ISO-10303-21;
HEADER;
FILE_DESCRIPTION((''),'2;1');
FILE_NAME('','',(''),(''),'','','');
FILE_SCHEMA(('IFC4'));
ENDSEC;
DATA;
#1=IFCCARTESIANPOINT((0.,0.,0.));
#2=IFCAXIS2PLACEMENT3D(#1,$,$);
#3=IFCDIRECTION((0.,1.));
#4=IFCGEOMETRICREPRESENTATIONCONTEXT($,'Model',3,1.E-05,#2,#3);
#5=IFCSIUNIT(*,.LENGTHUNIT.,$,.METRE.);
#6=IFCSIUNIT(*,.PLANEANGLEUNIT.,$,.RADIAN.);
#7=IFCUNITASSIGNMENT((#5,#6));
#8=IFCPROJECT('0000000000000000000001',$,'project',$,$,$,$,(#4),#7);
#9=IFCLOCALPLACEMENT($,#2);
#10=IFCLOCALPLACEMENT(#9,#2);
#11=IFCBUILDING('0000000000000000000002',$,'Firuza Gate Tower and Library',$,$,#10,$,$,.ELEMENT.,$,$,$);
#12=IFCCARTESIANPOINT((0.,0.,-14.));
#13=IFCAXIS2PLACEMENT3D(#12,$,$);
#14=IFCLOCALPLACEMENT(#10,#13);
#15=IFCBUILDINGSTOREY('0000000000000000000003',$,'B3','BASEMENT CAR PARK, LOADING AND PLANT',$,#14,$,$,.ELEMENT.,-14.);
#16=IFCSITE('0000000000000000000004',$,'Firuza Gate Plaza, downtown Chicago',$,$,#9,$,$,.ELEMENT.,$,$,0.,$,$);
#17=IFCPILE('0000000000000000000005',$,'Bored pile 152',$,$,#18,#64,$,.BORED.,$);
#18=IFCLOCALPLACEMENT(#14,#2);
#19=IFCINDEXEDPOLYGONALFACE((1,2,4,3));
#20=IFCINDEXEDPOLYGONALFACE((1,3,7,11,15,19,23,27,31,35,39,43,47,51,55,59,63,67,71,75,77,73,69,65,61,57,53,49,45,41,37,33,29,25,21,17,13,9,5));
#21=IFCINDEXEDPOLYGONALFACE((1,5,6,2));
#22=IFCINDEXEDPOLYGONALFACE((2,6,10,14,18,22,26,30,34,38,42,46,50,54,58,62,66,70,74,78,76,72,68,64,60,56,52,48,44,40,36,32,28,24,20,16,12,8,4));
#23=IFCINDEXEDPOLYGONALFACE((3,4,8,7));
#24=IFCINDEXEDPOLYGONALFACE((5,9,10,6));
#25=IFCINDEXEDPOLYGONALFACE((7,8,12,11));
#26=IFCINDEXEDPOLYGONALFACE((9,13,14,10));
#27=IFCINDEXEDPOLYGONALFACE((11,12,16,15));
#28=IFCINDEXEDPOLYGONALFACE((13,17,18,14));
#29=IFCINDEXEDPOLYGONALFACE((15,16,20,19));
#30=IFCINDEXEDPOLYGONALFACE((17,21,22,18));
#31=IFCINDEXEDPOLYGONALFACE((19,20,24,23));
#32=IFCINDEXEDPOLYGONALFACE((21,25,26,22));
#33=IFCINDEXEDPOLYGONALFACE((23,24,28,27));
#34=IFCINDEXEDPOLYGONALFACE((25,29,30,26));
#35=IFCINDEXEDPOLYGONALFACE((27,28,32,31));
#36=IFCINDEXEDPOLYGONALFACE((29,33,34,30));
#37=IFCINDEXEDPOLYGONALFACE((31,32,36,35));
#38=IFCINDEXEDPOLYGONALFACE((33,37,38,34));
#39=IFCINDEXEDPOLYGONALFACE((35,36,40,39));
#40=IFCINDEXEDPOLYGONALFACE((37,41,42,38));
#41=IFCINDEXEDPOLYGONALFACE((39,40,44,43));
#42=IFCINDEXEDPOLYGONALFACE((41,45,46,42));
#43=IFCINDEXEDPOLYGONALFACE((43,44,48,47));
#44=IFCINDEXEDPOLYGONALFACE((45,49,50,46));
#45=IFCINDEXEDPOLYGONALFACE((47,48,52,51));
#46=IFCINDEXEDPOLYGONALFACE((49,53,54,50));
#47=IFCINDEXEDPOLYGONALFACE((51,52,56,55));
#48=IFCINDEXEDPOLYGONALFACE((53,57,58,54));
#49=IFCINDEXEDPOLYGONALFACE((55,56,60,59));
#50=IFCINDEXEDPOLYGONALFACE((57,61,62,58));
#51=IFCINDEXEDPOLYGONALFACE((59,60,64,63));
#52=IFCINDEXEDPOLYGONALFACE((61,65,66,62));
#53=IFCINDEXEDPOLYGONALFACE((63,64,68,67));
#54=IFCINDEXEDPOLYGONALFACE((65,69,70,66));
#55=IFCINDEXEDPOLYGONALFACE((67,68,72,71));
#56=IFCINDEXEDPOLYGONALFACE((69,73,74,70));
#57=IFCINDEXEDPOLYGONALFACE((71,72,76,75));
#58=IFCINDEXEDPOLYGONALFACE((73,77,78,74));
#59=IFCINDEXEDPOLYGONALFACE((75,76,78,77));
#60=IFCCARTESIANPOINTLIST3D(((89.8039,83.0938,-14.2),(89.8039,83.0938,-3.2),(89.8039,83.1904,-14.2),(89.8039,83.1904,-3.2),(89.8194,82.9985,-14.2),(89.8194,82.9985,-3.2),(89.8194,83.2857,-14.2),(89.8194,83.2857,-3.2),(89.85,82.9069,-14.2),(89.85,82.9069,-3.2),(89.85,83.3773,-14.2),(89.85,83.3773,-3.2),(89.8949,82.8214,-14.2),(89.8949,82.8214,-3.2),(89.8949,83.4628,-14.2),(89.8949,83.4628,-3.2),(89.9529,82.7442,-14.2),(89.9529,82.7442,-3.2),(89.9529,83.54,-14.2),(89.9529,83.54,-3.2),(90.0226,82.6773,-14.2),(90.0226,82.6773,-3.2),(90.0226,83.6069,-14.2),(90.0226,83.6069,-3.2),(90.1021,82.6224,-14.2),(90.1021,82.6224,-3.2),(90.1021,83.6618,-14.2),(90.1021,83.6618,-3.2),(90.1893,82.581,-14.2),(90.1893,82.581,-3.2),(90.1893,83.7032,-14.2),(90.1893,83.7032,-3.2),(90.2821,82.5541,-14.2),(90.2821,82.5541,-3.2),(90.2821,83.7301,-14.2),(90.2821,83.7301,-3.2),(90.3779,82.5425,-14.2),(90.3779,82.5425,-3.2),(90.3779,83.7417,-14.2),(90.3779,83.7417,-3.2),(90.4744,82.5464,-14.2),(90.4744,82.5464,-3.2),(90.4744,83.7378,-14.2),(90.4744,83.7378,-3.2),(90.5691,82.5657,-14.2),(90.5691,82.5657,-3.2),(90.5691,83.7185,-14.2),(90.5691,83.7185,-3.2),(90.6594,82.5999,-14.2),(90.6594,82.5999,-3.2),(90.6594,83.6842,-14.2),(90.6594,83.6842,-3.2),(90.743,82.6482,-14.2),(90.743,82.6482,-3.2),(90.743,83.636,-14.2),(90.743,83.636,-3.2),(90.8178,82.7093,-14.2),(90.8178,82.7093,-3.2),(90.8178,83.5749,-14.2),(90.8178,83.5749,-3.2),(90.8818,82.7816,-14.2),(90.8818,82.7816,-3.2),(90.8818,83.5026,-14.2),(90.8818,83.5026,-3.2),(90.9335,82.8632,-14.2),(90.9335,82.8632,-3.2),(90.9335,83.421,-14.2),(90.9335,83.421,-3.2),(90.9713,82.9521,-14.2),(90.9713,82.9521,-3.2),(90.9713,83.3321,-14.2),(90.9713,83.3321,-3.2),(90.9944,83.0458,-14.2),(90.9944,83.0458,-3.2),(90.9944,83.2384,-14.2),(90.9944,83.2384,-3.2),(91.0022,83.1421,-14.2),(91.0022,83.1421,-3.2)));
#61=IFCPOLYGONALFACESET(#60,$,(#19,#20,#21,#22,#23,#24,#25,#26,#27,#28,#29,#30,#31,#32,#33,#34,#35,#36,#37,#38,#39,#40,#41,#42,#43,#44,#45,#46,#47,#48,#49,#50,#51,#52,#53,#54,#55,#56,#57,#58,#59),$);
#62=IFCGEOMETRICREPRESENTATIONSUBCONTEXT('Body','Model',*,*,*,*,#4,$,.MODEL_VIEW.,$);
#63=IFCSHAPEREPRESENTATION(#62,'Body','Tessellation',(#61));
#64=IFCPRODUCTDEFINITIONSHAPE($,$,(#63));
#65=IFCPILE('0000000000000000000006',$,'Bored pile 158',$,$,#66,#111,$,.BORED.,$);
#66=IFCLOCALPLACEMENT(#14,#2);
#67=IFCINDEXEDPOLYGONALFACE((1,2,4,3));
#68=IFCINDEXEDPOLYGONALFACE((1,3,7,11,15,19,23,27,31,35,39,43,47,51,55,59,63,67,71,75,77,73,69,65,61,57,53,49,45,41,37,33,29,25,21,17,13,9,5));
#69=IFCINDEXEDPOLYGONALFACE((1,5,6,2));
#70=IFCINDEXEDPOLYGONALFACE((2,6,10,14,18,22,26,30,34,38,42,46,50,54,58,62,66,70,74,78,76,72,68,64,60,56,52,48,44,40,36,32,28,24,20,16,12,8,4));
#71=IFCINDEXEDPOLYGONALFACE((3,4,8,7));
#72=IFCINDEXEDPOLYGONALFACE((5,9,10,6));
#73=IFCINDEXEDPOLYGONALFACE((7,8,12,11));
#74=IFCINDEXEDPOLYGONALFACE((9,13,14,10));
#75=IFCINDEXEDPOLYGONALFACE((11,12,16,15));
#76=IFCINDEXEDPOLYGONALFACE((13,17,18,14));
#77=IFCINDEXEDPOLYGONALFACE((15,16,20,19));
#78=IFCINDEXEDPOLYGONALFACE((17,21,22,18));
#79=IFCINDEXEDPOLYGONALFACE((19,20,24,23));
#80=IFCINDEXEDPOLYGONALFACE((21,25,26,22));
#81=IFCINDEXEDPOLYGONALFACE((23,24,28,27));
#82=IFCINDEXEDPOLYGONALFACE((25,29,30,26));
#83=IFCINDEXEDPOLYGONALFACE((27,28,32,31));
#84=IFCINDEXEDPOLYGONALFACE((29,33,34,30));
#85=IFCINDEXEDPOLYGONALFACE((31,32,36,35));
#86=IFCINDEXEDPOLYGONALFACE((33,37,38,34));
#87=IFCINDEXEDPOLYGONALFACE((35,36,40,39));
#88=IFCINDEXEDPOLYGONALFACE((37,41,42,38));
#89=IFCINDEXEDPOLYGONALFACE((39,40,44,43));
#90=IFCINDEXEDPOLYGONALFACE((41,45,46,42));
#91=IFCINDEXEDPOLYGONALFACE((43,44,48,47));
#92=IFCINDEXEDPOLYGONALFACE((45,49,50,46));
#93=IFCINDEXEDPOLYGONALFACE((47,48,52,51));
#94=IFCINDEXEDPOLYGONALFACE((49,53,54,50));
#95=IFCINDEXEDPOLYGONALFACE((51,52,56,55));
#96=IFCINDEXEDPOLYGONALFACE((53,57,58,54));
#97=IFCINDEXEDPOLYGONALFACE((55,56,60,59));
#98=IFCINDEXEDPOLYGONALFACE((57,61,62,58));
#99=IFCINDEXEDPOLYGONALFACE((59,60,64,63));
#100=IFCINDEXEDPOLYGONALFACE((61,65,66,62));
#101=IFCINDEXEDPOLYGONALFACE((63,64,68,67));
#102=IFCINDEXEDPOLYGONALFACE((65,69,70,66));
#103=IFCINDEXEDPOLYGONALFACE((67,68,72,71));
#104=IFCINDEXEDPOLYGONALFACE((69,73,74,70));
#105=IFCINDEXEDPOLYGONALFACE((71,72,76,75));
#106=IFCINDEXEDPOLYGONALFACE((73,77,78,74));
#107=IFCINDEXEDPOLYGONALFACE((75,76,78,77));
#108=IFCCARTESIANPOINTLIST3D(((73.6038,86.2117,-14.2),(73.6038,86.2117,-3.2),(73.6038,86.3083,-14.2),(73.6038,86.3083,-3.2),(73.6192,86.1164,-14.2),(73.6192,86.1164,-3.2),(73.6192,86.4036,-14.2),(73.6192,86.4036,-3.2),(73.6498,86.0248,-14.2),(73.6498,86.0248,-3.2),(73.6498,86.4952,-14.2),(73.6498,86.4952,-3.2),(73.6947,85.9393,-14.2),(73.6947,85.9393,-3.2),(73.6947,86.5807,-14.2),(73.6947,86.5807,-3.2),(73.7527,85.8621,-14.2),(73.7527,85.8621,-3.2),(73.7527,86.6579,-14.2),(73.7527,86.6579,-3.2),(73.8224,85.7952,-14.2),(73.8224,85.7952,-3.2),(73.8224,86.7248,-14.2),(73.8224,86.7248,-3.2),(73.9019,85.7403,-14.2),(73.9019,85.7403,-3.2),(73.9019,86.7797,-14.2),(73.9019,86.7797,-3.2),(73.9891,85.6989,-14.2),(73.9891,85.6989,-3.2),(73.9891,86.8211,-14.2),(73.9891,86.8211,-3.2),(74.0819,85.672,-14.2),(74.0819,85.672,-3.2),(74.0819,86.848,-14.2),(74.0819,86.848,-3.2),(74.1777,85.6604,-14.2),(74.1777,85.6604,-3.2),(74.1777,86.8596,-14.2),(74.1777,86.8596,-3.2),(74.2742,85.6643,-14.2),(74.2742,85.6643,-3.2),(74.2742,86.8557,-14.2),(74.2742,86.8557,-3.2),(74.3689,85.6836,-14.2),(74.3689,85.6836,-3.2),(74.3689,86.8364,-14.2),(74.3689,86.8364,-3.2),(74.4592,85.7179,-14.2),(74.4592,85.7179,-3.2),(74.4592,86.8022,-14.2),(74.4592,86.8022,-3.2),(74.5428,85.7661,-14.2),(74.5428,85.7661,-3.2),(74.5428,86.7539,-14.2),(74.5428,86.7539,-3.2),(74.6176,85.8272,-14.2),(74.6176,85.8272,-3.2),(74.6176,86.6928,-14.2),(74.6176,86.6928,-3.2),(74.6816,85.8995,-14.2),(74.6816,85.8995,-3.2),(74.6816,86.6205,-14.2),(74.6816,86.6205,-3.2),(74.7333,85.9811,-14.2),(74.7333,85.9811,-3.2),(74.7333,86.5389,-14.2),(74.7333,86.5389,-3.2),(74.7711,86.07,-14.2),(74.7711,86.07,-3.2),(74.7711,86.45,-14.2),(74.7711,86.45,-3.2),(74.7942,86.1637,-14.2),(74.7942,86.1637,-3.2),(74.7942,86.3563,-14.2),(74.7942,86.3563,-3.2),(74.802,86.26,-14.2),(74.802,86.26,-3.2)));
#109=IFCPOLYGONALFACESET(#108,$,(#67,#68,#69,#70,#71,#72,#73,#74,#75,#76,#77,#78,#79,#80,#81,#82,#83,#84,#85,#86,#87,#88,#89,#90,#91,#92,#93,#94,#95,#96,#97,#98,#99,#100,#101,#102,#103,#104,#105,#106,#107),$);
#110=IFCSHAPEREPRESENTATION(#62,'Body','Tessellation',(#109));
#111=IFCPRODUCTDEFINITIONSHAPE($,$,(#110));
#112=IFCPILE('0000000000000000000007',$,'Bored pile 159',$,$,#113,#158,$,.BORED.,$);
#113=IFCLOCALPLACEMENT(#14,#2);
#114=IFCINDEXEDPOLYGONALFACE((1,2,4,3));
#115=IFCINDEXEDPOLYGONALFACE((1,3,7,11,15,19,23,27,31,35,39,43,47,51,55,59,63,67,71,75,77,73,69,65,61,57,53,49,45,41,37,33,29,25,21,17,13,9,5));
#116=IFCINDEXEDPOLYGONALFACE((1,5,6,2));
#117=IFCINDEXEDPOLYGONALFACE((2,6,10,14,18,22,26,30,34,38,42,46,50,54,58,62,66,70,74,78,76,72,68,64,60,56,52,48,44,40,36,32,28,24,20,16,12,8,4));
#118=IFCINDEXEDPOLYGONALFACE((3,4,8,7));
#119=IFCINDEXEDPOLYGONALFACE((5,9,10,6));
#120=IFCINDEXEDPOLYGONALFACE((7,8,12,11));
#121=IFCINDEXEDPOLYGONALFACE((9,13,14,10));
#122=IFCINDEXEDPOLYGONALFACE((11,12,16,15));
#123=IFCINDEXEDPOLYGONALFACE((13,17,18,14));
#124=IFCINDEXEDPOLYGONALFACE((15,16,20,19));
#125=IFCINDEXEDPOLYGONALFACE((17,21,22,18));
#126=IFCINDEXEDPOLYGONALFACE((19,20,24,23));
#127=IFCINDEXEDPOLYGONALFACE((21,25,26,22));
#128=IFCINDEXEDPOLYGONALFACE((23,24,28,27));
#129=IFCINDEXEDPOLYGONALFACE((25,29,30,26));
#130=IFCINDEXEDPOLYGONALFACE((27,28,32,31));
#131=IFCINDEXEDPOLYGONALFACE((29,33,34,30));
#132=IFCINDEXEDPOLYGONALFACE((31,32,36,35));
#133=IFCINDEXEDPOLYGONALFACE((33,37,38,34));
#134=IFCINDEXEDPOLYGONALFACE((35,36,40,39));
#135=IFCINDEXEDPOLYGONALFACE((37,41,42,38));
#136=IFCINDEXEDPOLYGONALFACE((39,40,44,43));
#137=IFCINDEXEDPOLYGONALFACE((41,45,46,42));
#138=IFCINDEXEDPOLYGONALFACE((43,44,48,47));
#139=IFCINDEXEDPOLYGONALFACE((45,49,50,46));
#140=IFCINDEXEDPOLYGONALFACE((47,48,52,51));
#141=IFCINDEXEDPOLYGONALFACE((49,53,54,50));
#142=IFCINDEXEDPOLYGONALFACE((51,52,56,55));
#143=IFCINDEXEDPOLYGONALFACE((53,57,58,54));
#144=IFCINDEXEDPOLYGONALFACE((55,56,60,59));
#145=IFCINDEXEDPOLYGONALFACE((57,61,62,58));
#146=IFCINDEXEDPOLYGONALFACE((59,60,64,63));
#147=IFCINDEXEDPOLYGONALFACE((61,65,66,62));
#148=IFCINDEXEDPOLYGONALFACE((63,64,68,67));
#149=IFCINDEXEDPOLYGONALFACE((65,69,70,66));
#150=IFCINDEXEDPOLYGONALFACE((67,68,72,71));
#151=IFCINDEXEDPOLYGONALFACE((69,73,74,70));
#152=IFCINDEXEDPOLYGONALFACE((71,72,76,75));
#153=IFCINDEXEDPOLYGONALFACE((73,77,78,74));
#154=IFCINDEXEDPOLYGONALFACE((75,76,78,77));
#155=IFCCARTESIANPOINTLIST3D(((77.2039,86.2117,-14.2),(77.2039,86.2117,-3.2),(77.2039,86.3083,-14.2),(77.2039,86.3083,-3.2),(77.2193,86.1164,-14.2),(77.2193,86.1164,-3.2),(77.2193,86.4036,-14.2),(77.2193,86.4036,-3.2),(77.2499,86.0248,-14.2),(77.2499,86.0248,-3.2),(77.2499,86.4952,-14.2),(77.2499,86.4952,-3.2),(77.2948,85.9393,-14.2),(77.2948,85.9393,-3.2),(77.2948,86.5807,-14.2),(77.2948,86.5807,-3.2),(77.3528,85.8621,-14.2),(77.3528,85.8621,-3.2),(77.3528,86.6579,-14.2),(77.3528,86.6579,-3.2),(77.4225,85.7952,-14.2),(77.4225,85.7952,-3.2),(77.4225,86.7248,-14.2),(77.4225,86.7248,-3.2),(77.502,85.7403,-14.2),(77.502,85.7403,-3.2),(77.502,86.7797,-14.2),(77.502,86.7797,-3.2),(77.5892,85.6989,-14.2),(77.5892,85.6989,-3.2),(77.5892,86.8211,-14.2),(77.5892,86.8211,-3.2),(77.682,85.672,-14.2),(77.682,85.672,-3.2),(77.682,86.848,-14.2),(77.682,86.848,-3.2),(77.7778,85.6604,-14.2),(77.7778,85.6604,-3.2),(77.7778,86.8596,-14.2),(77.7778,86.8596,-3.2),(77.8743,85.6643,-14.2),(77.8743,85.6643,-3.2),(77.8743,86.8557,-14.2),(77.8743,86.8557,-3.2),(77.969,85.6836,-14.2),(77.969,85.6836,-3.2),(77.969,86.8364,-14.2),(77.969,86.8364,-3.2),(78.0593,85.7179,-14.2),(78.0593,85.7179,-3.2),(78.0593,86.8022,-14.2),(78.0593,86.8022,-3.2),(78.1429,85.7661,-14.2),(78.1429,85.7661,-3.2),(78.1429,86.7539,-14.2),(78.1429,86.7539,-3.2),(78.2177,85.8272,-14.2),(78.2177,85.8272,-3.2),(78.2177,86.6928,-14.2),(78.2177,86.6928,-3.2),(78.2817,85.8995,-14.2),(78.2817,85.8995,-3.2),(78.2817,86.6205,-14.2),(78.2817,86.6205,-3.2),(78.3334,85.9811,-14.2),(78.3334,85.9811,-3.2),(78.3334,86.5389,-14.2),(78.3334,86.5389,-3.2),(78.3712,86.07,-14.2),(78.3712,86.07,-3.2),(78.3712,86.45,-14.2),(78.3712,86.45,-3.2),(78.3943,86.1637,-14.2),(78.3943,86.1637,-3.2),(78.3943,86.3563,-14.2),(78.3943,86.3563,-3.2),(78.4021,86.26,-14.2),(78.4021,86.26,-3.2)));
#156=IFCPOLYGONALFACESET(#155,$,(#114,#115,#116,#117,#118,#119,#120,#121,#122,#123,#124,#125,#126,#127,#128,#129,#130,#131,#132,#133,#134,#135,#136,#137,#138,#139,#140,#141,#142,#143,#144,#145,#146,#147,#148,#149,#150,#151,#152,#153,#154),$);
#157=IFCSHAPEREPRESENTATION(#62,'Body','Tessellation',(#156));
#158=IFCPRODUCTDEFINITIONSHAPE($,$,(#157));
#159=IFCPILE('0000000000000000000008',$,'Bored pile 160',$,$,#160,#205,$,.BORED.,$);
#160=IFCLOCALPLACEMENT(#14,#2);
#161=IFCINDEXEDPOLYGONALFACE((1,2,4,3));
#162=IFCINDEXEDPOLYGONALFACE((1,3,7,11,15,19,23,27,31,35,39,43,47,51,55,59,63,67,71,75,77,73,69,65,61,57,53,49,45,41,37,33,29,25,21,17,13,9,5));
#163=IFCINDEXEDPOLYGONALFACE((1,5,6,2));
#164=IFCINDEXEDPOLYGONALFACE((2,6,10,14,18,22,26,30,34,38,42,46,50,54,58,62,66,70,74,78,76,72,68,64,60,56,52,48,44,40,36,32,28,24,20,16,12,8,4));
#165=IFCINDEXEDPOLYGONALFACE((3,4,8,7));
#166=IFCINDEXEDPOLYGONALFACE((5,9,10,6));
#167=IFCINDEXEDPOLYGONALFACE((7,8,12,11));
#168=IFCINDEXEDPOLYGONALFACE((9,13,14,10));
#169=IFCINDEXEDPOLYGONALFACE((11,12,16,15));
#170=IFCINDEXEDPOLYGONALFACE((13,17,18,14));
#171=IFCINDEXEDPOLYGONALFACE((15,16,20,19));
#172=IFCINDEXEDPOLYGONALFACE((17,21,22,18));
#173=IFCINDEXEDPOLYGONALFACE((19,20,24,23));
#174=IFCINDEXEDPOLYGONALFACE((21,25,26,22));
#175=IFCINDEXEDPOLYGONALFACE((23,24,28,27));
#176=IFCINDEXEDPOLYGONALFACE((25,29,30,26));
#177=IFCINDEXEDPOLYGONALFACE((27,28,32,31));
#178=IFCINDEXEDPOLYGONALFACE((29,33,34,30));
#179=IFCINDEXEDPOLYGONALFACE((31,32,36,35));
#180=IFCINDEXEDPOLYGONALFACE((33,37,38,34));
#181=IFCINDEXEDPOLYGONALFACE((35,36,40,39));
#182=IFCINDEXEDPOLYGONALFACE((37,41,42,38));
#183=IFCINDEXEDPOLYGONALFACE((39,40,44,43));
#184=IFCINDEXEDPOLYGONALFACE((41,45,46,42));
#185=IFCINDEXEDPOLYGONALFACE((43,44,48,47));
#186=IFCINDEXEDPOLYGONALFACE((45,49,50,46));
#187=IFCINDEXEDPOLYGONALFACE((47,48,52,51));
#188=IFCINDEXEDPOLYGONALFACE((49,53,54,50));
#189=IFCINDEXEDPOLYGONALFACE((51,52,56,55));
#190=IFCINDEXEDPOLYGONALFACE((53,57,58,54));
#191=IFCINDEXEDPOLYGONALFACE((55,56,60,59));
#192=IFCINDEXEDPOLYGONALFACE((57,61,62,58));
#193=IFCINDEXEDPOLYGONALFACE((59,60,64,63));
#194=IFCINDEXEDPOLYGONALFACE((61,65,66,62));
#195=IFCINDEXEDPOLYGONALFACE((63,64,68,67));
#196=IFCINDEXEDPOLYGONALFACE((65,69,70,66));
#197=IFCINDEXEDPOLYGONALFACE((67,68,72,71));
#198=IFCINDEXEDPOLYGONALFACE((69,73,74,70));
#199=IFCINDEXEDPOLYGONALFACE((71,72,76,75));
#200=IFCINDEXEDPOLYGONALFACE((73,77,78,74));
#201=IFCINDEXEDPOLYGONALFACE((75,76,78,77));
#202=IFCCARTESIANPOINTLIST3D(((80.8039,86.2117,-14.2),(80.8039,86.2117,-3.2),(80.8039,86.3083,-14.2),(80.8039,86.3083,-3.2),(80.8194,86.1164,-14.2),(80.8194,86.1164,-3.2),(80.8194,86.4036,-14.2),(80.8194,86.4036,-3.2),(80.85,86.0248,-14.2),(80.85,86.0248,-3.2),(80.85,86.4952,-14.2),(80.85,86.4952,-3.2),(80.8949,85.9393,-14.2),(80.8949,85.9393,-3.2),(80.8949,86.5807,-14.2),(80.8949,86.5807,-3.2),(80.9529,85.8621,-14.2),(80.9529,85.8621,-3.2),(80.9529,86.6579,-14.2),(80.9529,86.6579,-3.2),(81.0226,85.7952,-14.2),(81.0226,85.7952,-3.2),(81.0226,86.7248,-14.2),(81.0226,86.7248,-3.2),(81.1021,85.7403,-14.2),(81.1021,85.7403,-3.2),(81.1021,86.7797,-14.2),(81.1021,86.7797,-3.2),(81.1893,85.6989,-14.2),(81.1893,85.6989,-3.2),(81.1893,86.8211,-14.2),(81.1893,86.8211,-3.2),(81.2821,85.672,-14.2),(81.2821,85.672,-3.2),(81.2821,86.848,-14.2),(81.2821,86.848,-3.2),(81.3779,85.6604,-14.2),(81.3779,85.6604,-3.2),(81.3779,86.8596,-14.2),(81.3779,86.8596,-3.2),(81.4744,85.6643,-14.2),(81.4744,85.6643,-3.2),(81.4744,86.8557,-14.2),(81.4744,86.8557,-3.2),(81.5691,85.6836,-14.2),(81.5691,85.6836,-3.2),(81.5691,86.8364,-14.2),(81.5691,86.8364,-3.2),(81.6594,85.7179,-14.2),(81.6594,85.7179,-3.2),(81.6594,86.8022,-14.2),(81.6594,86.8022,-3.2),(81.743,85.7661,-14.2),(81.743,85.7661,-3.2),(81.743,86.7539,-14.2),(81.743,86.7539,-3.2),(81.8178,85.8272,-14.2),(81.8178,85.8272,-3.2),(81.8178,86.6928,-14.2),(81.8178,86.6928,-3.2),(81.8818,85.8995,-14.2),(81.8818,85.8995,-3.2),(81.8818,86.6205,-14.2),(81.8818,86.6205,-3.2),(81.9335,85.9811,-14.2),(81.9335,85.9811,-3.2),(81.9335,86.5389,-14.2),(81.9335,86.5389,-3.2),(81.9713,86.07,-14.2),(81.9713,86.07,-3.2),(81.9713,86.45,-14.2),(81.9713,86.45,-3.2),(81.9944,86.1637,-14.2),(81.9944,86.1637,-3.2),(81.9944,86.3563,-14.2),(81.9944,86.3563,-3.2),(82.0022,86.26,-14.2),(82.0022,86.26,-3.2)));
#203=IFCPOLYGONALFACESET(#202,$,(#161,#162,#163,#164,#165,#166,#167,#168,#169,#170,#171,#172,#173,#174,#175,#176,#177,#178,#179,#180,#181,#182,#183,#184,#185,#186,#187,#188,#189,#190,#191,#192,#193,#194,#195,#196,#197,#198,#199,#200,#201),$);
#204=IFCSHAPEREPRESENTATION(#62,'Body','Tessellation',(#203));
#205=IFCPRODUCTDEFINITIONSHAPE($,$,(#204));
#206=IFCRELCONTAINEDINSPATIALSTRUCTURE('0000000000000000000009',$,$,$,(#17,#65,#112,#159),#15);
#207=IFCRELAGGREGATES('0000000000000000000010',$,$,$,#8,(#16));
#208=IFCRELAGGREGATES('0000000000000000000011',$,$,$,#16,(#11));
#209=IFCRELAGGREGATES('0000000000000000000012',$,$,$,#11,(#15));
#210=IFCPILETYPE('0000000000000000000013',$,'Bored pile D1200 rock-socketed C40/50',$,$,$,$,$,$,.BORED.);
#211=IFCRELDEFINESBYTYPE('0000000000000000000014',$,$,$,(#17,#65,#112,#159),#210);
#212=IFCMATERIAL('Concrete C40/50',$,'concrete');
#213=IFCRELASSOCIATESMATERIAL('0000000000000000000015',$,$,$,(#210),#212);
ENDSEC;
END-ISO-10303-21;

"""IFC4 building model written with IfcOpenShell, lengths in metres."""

from ifc_helpers import new_model, si_unit, direction, frame, origin, origin_2d, place, context, subcontext, project, spatial, circle, extrude, material, material_profile, profile_set, type_object, element, save


model = new_model("IFC4")

# Units and contexts
model_context = context("Model", 3, precision=1e-05, world=origin(), true_north=direction((0.0, 1.0)))
body_context = subcontext(model_context, "Body", "Model", "MODEL_VIEW")
ifc_project = project(units=[si_unit("LENGTHUNIT", "METRE"), si_unit("PLANEANGLEUNIT", "RADIAN")], contexts=[model_context])

# Site, building, storey
site_placement = place(None, origin())
site = spatial("IfcSite", under=ifc_project, at=site_placement, Name="Firuza Gate Plaza, downtown Chicago", CompositionType="ELEMENT", RefElevation=0.0)
building_placement = place(site_placement, origin())
building = spatial("IfcBuilding", under=site, at=building_placement, Name="Firuza Gate Tower and Library", CompositionType="ELEMENT")
storey_placement = place(building_placement, frame((0.0, 0.0, -14.0)))
storey = spatial("IfcBuildingStorey", under=building, at=storey_placement, Name="B3", Description="BASEMENT CAR PARK, LOADING AND PLANT", CompositionType="ELEMENT", Elevation=-14.0)

# Piles
ifc_material_1 = material(Name="Concrete C40/50", Category="concrete")
ifc_material_profile_1 = material_profile(ifc_material_1, circle(Radius=0.6001, at=origin_2d()))
ifc_profile_set_1 = profile_set([ifc_material_profile_1], Name="Concrete C40/50")
pile_type = type_object("IfcPileType", Name="Bored pile D1200 rock-socketed C40/50", PredefinedType="BORED", material=ifc_profile_set_1)
for number, where, z_axis, x_axis, name in (
    (1, (90.4021, 83.1421, -3.2), (0.0, 0.0, -1.0), (1.0, 0.0, 0.0), "Bored pile 152"),
    (2, (74.2019, 86.26, -3.2), (0.0, 0.0, -1.0), (1.0, 0.0, 0.0), "Bored pile 158"),
    (3, (77.802, 86.26, -3.2), (0.0, 0.0, -1.0), (1.0, 0.0, 0.0), "Bored pile 159"),
    (4, (81.4021, 86.26, -3.2), (0.0, 0.0, -1.0), (1.0, 0.0, 0.0), "Bored pile 160"),
):
    element("IfcPile", number, at=place(storey_placement, frame(where, z_axis=z_axis, x_axis=x_axis)), inside=storey, type_object=pile_type, Name=name, PredefinedType="BORED", context=body_context, shape_type="SweptSolid", body=[
        extrude(circle(Radius=0.6001, at=origin_2d()), origin(), (0.0, 0.0, 1.0), 11.0),
    ])

save(model, "model.ifc")
